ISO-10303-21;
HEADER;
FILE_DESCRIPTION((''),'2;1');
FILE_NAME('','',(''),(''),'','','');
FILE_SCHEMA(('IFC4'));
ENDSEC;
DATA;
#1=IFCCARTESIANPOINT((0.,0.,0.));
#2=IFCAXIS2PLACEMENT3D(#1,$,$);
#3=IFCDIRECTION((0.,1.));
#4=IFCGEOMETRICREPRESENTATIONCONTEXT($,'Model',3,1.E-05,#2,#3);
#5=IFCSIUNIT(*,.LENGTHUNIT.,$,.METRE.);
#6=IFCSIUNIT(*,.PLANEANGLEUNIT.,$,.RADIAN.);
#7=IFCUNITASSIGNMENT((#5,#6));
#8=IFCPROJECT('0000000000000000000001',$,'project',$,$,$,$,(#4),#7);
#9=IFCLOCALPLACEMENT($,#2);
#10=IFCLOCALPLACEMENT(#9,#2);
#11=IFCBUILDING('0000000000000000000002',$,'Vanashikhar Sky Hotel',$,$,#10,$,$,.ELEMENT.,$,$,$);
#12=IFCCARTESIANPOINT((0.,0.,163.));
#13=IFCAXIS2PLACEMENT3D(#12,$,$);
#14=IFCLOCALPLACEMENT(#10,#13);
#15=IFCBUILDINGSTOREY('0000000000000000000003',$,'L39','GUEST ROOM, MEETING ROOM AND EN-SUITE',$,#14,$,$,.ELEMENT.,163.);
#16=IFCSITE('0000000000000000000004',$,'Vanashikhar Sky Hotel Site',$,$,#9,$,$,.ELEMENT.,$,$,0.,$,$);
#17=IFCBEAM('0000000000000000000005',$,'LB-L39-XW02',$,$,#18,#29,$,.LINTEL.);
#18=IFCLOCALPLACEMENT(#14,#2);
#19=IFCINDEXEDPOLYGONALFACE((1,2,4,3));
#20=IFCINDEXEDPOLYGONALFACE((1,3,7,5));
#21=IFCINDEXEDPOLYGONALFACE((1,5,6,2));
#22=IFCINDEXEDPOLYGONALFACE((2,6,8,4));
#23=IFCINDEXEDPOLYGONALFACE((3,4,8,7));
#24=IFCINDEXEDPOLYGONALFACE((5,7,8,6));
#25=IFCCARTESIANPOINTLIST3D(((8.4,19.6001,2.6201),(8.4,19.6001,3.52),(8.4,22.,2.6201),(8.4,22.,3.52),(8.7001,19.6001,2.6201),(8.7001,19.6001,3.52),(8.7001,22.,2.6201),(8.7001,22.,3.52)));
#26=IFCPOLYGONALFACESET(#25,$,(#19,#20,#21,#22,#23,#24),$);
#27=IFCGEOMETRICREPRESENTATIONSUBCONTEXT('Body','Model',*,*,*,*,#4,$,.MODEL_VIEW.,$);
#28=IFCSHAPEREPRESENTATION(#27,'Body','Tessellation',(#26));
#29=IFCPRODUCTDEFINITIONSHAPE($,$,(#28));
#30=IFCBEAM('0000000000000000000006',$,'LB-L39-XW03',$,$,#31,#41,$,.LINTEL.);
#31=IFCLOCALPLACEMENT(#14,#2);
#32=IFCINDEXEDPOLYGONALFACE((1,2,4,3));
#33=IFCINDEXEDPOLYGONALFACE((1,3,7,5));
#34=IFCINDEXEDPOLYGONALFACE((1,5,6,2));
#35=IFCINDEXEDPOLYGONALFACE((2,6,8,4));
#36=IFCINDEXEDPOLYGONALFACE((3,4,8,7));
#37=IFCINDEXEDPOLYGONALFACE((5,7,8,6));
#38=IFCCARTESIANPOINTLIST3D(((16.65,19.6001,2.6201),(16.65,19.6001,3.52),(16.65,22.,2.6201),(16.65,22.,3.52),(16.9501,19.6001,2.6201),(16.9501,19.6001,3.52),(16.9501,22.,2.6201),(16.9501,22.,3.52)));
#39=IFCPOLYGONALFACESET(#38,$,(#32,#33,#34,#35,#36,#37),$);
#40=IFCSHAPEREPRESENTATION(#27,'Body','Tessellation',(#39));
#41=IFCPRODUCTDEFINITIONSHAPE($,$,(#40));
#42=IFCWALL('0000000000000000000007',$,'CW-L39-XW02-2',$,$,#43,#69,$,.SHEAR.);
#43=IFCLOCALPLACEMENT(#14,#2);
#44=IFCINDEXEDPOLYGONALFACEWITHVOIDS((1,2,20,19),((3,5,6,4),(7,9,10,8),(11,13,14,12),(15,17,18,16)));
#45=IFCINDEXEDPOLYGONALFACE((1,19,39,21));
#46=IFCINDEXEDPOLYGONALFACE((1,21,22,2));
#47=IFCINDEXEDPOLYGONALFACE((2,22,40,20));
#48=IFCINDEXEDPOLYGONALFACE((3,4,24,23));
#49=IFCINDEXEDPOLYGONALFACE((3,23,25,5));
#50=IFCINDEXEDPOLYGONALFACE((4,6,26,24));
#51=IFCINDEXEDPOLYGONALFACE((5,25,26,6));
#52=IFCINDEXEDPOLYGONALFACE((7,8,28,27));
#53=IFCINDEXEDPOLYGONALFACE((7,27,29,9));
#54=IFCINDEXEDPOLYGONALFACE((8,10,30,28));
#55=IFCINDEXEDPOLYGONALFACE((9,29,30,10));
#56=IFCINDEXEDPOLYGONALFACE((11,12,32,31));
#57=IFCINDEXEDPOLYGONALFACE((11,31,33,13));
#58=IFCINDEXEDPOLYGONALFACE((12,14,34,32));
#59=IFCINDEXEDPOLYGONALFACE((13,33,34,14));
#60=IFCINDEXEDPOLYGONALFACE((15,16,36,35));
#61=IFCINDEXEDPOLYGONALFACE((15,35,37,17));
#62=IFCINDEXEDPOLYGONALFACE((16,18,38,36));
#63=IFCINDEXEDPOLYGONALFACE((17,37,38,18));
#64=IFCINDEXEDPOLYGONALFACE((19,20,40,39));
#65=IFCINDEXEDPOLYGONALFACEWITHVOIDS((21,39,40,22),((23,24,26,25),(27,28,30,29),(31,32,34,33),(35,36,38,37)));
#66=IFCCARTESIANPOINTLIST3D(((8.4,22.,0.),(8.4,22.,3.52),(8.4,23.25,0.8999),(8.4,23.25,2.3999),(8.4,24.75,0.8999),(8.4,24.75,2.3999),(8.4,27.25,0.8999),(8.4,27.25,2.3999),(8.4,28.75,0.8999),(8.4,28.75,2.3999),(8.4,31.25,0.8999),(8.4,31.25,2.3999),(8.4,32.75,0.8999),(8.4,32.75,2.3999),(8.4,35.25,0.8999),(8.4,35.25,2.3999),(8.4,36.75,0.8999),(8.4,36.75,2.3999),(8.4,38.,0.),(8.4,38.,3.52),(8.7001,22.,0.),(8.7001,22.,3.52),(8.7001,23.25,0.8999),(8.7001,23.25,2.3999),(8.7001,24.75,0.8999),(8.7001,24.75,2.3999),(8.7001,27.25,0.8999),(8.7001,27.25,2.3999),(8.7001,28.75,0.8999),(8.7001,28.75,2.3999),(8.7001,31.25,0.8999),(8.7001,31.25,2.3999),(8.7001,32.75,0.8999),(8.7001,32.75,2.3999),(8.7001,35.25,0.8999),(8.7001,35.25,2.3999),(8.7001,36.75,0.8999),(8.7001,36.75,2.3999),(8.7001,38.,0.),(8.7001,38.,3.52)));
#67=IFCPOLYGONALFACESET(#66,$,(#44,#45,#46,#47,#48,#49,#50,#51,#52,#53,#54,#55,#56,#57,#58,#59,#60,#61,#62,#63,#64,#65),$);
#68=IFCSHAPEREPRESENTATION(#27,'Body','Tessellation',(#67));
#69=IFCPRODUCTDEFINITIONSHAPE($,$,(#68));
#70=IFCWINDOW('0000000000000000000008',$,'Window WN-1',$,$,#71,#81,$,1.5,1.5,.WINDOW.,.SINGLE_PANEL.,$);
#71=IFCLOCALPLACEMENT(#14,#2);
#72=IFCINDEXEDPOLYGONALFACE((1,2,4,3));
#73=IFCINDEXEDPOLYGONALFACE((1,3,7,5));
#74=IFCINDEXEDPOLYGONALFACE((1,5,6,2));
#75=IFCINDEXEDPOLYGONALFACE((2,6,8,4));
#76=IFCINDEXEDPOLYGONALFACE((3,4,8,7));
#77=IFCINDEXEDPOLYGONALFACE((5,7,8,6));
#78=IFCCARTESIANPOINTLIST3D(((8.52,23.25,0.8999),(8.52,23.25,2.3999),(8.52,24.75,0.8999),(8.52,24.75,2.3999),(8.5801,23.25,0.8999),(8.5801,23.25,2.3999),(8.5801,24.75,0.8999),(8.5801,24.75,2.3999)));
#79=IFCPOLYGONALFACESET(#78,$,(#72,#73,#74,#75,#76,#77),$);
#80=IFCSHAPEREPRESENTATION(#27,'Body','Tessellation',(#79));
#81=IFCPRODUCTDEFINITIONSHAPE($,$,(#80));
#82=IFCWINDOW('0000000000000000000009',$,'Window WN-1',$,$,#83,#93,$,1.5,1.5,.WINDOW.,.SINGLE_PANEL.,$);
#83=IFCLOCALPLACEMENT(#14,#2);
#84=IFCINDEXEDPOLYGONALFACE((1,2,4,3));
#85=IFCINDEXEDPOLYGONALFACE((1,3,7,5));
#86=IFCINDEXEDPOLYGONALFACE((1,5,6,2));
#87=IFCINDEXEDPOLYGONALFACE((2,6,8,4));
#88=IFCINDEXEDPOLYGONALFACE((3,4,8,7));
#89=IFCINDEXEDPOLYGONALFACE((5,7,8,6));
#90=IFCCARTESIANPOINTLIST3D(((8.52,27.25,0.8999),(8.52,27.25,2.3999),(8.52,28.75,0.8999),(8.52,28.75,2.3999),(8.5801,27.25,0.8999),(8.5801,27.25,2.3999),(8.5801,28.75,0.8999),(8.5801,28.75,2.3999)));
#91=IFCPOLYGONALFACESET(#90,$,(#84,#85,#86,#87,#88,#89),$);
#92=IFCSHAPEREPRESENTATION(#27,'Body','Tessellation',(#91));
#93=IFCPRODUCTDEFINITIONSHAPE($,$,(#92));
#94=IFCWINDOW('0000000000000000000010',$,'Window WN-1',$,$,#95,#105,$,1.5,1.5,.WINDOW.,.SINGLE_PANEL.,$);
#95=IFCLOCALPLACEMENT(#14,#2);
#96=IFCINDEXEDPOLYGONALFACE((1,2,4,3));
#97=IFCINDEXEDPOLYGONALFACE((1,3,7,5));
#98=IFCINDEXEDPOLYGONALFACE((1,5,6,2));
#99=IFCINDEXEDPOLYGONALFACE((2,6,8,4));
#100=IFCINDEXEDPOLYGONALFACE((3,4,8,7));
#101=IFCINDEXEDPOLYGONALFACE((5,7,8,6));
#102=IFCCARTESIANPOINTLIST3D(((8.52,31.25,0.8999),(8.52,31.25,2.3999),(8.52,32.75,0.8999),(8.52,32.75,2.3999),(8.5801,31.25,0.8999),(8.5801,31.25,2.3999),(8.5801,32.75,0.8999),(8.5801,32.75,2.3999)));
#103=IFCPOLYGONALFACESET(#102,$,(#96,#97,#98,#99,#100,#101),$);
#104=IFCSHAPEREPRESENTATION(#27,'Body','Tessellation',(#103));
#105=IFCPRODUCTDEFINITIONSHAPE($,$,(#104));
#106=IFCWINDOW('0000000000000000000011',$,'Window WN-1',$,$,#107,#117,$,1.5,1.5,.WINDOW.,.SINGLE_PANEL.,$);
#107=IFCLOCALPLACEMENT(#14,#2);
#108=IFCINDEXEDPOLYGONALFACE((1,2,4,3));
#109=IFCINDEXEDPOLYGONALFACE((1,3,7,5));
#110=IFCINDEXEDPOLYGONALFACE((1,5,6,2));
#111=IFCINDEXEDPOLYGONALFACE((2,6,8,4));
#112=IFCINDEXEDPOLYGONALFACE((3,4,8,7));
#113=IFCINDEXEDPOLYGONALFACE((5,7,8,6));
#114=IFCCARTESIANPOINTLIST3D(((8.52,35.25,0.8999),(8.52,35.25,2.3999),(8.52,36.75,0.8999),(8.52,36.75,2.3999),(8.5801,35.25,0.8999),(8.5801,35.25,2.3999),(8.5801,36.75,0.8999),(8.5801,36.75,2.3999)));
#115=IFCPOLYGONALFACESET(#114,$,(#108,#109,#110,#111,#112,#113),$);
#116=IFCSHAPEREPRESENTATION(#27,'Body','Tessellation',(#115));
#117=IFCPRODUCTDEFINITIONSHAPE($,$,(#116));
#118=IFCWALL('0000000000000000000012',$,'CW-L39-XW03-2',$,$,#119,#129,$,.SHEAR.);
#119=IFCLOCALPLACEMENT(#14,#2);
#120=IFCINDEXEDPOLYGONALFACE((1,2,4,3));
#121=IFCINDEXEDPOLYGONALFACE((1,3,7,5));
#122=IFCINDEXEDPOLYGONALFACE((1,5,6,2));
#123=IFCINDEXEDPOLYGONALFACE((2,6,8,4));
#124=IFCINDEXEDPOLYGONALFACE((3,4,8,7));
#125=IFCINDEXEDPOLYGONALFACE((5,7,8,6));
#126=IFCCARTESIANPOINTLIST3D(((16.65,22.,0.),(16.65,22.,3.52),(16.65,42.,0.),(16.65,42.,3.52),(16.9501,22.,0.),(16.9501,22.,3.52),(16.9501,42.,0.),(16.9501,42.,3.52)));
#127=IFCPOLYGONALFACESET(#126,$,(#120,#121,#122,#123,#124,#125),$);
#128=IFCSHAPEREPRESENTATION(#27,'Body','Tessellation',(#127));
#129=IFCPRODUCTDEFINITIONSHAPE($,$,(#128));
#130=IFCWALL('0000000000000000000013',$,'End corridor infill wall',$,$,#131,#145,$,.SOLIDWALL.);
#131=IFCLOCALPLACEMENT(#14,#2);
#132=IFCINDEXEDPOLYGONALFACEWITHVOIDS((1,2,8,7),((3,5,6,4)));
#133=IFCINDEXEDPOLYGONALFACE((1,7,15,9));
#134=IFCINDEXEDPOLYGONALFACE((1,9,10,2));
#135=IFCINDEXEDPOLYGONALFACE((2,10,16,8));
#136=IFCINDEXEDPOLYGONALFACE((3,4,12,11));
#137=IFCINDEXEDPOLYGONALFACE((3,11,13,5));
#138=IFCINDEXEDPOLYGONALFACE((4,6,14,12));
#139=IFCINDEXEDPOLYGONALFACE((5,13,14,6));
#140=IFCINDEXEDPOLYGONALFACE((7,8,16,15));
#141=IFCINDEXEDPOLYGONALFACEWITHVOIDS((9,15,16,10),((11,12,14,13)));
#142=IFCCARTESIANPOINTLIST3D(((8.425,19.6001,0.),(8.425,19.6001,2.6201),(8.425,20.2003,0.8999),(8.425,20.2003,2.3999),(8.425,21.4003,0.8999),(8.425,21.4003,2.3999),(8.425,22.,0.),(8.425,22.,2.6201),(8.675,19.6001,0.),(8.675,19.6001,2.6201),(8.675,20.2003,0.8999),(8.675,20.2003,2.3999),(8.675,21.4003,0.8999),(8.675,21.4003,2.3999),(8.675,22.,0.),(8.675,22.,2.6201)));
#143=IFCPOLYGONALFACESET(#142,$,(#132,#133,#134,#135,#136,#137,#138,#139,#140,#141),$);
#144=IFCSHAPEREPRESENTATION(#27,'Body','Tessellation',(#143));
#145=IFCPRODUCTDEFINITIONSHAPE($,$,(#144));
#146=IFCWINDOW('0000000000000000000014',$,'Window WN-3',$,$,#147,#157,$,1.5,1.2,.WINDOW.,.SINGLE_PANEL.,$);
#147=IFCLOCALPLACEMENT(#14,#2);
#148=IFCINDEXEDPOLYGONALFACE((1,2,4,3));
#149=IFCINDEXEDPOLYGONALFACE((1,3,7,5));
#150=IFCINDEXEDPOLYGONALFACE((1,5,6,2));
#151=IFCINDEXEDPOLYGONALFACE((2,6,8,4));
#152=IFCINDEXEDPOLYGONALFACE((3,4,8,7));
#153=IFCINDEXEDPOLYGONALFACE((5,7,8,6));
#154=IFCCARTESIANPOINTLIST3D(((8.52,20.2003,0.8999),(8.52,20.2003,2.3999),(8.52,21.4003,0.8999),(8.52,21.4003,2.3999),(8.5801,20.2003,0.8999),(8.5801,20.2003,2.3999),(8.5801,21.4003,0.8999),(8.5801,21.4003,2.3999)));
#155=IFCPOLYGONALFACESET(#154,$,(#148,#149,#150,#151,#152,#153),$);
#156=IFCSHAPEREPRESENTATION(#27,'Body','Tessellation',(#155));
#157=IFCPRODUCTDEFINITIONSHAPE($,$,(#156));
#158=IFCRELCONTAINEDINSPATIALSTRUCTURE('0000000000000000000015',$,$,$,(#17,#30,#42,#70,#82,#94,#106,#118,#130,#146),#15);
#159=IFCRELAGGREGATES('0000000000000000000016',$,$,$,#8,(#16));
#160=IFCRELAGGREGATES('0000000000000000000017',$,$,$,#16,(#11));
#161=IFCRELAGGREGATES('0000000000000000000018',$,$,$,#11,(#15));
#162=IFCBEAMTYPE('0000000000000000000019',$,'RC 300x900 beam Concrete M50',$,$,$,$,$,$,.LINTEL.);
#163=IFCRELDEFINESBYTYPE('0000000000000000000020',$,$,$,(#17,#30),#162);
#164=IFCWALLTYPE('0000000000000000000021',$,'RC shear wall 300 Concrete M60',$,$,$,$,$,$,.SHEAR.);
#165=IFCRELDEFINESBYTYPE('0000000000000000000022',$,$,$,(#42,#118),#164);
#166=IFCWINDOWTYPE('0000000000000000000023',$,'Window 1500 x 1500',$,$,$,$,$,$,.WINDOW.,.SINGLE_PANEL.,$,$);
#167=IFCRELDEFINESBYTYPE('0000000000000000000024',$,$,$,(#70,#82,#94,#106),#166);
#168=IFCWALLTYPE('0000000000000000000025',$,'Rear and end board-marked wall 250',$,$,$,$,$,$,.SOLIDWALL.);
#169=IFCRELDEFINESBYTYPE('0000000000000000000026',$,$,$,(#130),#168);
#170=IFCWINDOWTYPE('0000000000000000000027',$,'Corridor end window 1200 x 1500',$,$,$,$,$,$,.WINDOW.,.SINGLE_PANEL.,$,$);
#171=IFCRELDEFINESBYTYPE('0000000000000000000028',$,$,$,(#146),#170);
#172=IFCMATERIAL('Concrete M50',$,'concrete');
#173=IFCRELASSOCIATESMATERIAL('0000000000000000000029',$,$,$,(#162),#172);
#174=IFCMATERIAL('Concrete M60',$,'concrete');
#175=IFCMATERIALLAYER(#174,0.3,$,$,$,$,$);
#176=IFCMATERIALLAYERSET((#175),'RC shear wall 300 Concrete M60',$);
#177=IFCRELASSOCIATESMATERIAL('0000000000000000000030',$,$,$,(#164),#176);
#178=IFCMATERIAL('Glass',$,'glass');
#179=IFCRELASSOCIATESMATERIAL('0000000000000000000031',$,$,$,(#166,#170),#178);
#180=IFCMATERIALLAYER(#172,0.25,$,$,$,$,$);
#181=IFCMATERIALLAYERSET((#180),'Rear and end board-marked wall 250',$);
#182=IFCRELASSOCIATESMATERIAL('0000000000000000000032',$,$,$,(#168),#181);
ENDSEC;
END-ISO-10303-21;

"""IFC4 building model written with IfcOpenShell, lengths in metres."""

from ifc_helpers import new_model, si_unit, direction, frame, frame_2d, origin, origin_2d, place, context, subcontext, project, spatial, rectangle, extrude, source, transform, mapped, material, layer, layer_set, material_profile, profile_set, type_object, element, fill, save


model = new_model("IFC4")

# Units and contexts
model_context = context("Model", 3, precision=1e-05, world=origin(), true_north=direction((0.0, 1.0)))
body_context = subcontext(model_context, "Body", "Model", "MODEL_VIEW")
ifc_project = project(units=[si_unit("LENGTHUNIT", "METRE"), si_unit("PLANEANGLEUNIT", "RADIAN")], contexts=[model_context])

# Site, building, storey
site_placement = place(None, origin())
site = spatial("IfcSite", under=ifc_project, at=site_placement, Name="Vanashikhar Sky Hotel Site", CompositionType="ELEMENT", RefElevation=0.0)
building_placement = place(site_placement, origin())
building = spatial("IfcBuilding", under=site, at=building_placement, Name="Vanashikhar Sky Hotel", CompositionType="ELEMENT")
storey_placement = place(building_placement, frame((0.0, 0.0, 163.0)))
storey = spatial("IfcBuildingStorey", under=building, at=storey_placement, Name="L39", Description="GUEST ROOM, MEETING ROOM AND EN-SUITE", CompositionType="ELEMENT", Elevation=163.0)

# Beams
ifc_material_1 = material(Name="Concrete M50", Category="concrete")
ifc_material_profile = material_profile(ifc_material_1, rectangle(XDim=0.3, YDim=0.8999, at=origin_2d()))
ifc_profile_set = profile_set([ifc_material_profile], Name="RC 300x900 beam Concrete M50")
beam_type = type_object("IfcBeamType", Name="RC 300x900 beam Concrete M50", PredefinedType="LINTEL", material=ifc_profile_set)
shared_shape_1 = source(origin(), body_context, "Body", "SweptSolid", [
    extrude(rectangle(XDim=0.3, YDim=0.8999, at=origin_2d()), origin(), (0.0, 0.0, 1.0), 2.3999),
])
for number, where, z_axis, x_axis, name in (
    (1, (8.55, 19.6001, 3.0701), (0.0, 1.0, 0.0), (-1.0, 0.0, 0.0), "LB-L39-XW02"),
    (2, (16.8, 19.6001, 3.0701), (0.0, 1.0, 0.0), (-1.0, 0.0, 0.0), "LB-L39-XW03"),
):
    element("IfcBeam", number, at=place(storey_placement, frame(where, z_axis=z_axis, x_axis=x_axis)), inside=storey, type_object=beam_type, Name=name, PredefinedType="LINTEL", context=body_context, shape_type="MappedRepresentation", body=[
        mapped(shared_shape_1, transform((0.0, 0.0, 0.0), scale=1.0)),
    ])

# Wall, openings, windows
ifc_material_2 = material(Name="Concrete M60", Category="concrete")
ifc_layer_1 = layer(ifc_material_2, 0.3)
ifc_layer_set_1 = layer_set([ifc_layer_1], Name="RC shear wall 300 Concrete M60")
wall_type_1 = type_object("IfcWallType", Name="RC shear wall 300 Concrete M60", PredefinedType="SHEAR", material=ifc_layer_set_1)
shared_shape_2 = source(origin(), body_context, "Body", "SweptSolid", [
    extrude(rectangle(XDim=16.0, YDim=0.3, at=frame_2d((8.0, 0.0))), origin(), (0.0, 0.0, 1.0), 3.52),
])
wall_1_placement = place(storey_placement, frame((8.55, 22.0, 0.0), z_axis=(0.0, 0.0, 1.0), x_axis=(0.0, 1.0, 0.0)))
wall_1 = element("IfcWall", 3, at=wall_1_placement, inside=storey, type_object=wall_type_1, Name="CW-L39-XW02-2", PredefinedType="SHEAR", context=body_context, shape_type="MappedRepresentation", body=[
    mapped(shared_shape_2, transform((0.0, 0.0, 0.0), scale=1.0)),
])
shared_shape_3 = source(origin(), body_context, "Body", "SweptSolid", [
    extrude(rectangle(XDim=1.5, YDim=1.5, at=frame_2d((0.75, 0.75))), frame((0.0, 0.1602, 0.0), z_axis=(0.0, -1.0, 0.0), x_axis=(1.0, 0.0, 0.0)), (0.0, 0.0, 1.0), 0.3201),
])
opening_1_placement = place(wall_1_placement, frame((1.25, 0.0, 0.8999)))
opening_1 = element("IfcOpeningElement", 4, at=opening_1_placement, cuts=wall_1, PredefinedType="OPENING", context=body_context, shape_type="MappedRepresentation", body=[
    mapped(shared_shape_3, transform((0.0, 0.0, 0.0), scale=1.0)),
])
opening_2_placement = place(wall_1_placement, frame((5.25, 0.0, 0.8999)))
opening_2 = element("IfcOpeningElement", 5, at=opening_2_placement, cuts=wall_1, PredefinedType="OPENING", context=body_context, shape_type="MappedRepresentation", body=[
    mapped(shared_shape_3, transform((0.0, 0.0, 0.0), scale=1.0)),
])
opening_3_placement = place(wall_1_placement, frame((9.25, 0.0, 0.8999)))
opening_3 = element("IfcOpeningElement", 6, at=opening_3_placement, cuts=wall_1, PredefinedType="OPENING", context=body_context, shape_type="MappedRepresentation", body=[
    mapped(shared_shape_3, transform((0.0, 0.0, 0.0), scale=1.0)),
])
opening_4_placement = place(wall_1_placement, frame((13.25, 0.0, 0.8999)))
opening_4 = element("IfcOpeningElement", 7, at=opening_4_placement, cuts=wall_1, PredefinedType="OPENING", context=body_context, shape_type="MappedRepresentation", body=[
    mapped(shared_shape_3, transform((0.0, 0.0, 0.0), scale=1.0)),
])
ifc_material_3 = material(Name="Glass", Category="glass")
window_type_1 = type_object("IfcWindowType", Name="Window 1500 x 1500", PartitioningType="SINGLE_PANEL", PredefinedType="WINDOW", material=ifc_material_3)
shared_shape_4 = source(origin(), body_context, "Body", "SweptSolid", [
    extrude(rectangle(XDim=1.5, YDim=1.5, at=frame_2d((0.75, 0.75))), frame((0.0, 0.03, 0.0), z_axis=(0.0, -1.0, 0.0), x_axis=(1.0, 0.0, 0.0)), (0.0, 0.0, 1.0), 0.0601),
])
window_1_placement = place(opening_1_placement, origin())
window_1 = element("IfcWindow", 8, at=window_1_placement, inside=storey, type_object=window_type_1, Name="Window WN-1", OverallHeight=1.5, OverallWidth=1.5, PartitioningType="SINGLE_PANEL", PredefinedType="WINDOW", context=body_context, shape_type="MappedRepresentation", body=[
    mapped(shared_shape_4, transform((0.0, 0.0, 0.0), scale=1.0)),
])
fill(opening_1, window_1)
window_2_placement = place(opening_2_placement, origin())
window_2 = element("IfcWindow", 9, at=window_2_placement, inside=storey, type_object=window_type_1, Name="Window WN-1", OverallHeight=1.5, OverallWidth=1.5, PartitioningType="SINGLE_PANEL", PredefinedType="WINDOW", context=body_context, shape_type="MappedRepresentation", body=[
    mapped(shared_shape_4, transform((0.0, 0.0, 0.0), scale=1.0)),
])
fill(opening_2, window_2)
window_3_placement = place(opening_3_placement, origin())
window_3 = element("IfcWindow", 10, at=window_3_placement, inside=storey, type_object=window_type_1, Name="Window WN-1", OverallHeight=1.5, OverallWidth=1.5, PartitioningType="SINGLE_PANEL", PredefinedType="WINDOW", context=body_context, shape_type="MappedRepresentation", body=[
    mapped(shared_shape_4, transform((0.0, 0.0, 0.0), scale=1.0)),
])
fill(opening_3, window_3)
window_4_placement = place(opening_4_placement, origin())
window_4 = element("IfcWindow", 11, at=window_4_placement, inside=storey, type_object=window_type_1, Name="Window WN-1", OverallHeight=1.5, OverallWidth=1.5, PartitioningType="SINGLE_PANEL", PredefinedType="WINDOW", context=body_context, shape_type="MappedRepresentation", body=[
    mapped(shared_shape_4, transform((0.0, 0.0, 0.0), scale=1.0)),
])
fill(opening_4, window_4)

# Wall
shared_shape_5 = source(origin(), body_context, "Body", "SweptSolid", [
    extrude(rectangle(XDim=20.0, YDim=0.3, at=frame_2d((10.0, 0.0))), origin(), (0.0, 0.0, 1.0), 3.52),
])
wall_2_placement = place(storey_placement, frame((16.8, 22.0, 0.0), z_axis=(0.0, 0.0, 1.0), x_axis=(0.0, 1.0, 0.0)))
element("IfcWall", 12, at=wall_2_placement, inside=storey, type_object=wall_type_1, Name="CW-L39-XW03-2", PredefinedType="SHEAR", context=body_context, shape_type="MappedRepresentation", body=[
    mapped(shared_shape_5, transform((0.0, 0.0, 0.0), scale=1.0)),
])

# Wall, opening, window
ifc_layer_2 = layer(ifc_material_1, 0.25)
ifc_layer_set_2 = layer_set([ifc_layer_2], Name="Rear and end board-marked wall 250")
wall_type_2 = type_object("IfcWallType", Name="Rear and end board-marked wall 250", PredefinedType="SOLIDWALL", material=ifc_layer_set_2)
shared_shape_6 = source(origin(), body_context, "Body", "SweptSolid", [
    extrude(rectangle(XDim=2.3999, YDim=0.25, at=frame_2d((1.2, 0.0))), origin(), (0.0, 0.0, 1.0), 2.6201),
])
wall_3_placement = place(storey_placement, frame((8.55, 19.6001, 0.0), z_axis=(0.0, 0.0, 1.0), x_axis=(0.0, 1.0, 0.0)))
wall_3 = element("IfcWall", 13, at=wall_3_placement, inside=storey, type_object=wall_type_2, Name="End corridor infill wall", PredefinedType="SOLIDWALL", context=body_context, shape_type="MappedRepresentation", body=[
    mapped(shared_shape_6, transform((0.0, 0.0, 0.0), scale=1.0)),
])
shared_shape_7 = source(origin(), body_context, "Body", "SweptSolid", [
    extrude(rectangle(XDim=1.2, YDim=1.5, at=frame_2d((0.6001, 0.75))), frame((0.0, 0.135, 0.0), z_axis=(0.0, -1.0, 0.0), x_axis=(1.0, 0.0, 0.0)), (0.0, 0.0, 1.0), 0.27),
])
opening_5_placement = place(wall_3_placement, frame((0.6001, 0.0, 0.8999)))
opening_5 = element("IfcOpeningElement", 14, at=opening_5_placement, cuts=wall_3, PredefinedType="OPENING", context=body_context, shape_type="MappedRepresentation", body=[
    mapped(shared_shape_7, transform((0.0, 0.0, 0.0), scale=1.0)),
])
window_type_2 = type_object("IfcWindowType", Name="Corridor end window 1200 x 1500", PartitioningType="SINGLE_PANEL", PredefinedType="WINDOW", material=ifc_material_3)
shared_shape_8 = source(origin(), body_context, "Body", "SweptSolid", [
    extrude(rectangle(XDim=1.2, YDim=1.5, at=frame_2d((0.6001, 0.75))), frame((0.0, 0.03, 0.0), z_axis=(0.0, -1.0, 0.0), x_axis=(1.0, 0.0, 0.0)), (0.0, 0.0, 1.0), 0.0601),
])
window_5_placement = place(opening_5_placement, origin())
window_5 = element("IfcWindow", 15, at=window_5_placement, inside=storey, type_object=window_type_2, Name="Window WN-3", OverallHeight=1.5, OverallWidth=1.2, PartitioningType="SINGLE_PANEL", PredefinedType="WINDOW", context=body_context, shape_type="MappedRepresentation", body=[
    mapped(shared_shape_8, transform((0.0, 0.0, 0.0), scale=1.0)),
])
fill(opening_5, window_5)

save(model, "model.ifc")
